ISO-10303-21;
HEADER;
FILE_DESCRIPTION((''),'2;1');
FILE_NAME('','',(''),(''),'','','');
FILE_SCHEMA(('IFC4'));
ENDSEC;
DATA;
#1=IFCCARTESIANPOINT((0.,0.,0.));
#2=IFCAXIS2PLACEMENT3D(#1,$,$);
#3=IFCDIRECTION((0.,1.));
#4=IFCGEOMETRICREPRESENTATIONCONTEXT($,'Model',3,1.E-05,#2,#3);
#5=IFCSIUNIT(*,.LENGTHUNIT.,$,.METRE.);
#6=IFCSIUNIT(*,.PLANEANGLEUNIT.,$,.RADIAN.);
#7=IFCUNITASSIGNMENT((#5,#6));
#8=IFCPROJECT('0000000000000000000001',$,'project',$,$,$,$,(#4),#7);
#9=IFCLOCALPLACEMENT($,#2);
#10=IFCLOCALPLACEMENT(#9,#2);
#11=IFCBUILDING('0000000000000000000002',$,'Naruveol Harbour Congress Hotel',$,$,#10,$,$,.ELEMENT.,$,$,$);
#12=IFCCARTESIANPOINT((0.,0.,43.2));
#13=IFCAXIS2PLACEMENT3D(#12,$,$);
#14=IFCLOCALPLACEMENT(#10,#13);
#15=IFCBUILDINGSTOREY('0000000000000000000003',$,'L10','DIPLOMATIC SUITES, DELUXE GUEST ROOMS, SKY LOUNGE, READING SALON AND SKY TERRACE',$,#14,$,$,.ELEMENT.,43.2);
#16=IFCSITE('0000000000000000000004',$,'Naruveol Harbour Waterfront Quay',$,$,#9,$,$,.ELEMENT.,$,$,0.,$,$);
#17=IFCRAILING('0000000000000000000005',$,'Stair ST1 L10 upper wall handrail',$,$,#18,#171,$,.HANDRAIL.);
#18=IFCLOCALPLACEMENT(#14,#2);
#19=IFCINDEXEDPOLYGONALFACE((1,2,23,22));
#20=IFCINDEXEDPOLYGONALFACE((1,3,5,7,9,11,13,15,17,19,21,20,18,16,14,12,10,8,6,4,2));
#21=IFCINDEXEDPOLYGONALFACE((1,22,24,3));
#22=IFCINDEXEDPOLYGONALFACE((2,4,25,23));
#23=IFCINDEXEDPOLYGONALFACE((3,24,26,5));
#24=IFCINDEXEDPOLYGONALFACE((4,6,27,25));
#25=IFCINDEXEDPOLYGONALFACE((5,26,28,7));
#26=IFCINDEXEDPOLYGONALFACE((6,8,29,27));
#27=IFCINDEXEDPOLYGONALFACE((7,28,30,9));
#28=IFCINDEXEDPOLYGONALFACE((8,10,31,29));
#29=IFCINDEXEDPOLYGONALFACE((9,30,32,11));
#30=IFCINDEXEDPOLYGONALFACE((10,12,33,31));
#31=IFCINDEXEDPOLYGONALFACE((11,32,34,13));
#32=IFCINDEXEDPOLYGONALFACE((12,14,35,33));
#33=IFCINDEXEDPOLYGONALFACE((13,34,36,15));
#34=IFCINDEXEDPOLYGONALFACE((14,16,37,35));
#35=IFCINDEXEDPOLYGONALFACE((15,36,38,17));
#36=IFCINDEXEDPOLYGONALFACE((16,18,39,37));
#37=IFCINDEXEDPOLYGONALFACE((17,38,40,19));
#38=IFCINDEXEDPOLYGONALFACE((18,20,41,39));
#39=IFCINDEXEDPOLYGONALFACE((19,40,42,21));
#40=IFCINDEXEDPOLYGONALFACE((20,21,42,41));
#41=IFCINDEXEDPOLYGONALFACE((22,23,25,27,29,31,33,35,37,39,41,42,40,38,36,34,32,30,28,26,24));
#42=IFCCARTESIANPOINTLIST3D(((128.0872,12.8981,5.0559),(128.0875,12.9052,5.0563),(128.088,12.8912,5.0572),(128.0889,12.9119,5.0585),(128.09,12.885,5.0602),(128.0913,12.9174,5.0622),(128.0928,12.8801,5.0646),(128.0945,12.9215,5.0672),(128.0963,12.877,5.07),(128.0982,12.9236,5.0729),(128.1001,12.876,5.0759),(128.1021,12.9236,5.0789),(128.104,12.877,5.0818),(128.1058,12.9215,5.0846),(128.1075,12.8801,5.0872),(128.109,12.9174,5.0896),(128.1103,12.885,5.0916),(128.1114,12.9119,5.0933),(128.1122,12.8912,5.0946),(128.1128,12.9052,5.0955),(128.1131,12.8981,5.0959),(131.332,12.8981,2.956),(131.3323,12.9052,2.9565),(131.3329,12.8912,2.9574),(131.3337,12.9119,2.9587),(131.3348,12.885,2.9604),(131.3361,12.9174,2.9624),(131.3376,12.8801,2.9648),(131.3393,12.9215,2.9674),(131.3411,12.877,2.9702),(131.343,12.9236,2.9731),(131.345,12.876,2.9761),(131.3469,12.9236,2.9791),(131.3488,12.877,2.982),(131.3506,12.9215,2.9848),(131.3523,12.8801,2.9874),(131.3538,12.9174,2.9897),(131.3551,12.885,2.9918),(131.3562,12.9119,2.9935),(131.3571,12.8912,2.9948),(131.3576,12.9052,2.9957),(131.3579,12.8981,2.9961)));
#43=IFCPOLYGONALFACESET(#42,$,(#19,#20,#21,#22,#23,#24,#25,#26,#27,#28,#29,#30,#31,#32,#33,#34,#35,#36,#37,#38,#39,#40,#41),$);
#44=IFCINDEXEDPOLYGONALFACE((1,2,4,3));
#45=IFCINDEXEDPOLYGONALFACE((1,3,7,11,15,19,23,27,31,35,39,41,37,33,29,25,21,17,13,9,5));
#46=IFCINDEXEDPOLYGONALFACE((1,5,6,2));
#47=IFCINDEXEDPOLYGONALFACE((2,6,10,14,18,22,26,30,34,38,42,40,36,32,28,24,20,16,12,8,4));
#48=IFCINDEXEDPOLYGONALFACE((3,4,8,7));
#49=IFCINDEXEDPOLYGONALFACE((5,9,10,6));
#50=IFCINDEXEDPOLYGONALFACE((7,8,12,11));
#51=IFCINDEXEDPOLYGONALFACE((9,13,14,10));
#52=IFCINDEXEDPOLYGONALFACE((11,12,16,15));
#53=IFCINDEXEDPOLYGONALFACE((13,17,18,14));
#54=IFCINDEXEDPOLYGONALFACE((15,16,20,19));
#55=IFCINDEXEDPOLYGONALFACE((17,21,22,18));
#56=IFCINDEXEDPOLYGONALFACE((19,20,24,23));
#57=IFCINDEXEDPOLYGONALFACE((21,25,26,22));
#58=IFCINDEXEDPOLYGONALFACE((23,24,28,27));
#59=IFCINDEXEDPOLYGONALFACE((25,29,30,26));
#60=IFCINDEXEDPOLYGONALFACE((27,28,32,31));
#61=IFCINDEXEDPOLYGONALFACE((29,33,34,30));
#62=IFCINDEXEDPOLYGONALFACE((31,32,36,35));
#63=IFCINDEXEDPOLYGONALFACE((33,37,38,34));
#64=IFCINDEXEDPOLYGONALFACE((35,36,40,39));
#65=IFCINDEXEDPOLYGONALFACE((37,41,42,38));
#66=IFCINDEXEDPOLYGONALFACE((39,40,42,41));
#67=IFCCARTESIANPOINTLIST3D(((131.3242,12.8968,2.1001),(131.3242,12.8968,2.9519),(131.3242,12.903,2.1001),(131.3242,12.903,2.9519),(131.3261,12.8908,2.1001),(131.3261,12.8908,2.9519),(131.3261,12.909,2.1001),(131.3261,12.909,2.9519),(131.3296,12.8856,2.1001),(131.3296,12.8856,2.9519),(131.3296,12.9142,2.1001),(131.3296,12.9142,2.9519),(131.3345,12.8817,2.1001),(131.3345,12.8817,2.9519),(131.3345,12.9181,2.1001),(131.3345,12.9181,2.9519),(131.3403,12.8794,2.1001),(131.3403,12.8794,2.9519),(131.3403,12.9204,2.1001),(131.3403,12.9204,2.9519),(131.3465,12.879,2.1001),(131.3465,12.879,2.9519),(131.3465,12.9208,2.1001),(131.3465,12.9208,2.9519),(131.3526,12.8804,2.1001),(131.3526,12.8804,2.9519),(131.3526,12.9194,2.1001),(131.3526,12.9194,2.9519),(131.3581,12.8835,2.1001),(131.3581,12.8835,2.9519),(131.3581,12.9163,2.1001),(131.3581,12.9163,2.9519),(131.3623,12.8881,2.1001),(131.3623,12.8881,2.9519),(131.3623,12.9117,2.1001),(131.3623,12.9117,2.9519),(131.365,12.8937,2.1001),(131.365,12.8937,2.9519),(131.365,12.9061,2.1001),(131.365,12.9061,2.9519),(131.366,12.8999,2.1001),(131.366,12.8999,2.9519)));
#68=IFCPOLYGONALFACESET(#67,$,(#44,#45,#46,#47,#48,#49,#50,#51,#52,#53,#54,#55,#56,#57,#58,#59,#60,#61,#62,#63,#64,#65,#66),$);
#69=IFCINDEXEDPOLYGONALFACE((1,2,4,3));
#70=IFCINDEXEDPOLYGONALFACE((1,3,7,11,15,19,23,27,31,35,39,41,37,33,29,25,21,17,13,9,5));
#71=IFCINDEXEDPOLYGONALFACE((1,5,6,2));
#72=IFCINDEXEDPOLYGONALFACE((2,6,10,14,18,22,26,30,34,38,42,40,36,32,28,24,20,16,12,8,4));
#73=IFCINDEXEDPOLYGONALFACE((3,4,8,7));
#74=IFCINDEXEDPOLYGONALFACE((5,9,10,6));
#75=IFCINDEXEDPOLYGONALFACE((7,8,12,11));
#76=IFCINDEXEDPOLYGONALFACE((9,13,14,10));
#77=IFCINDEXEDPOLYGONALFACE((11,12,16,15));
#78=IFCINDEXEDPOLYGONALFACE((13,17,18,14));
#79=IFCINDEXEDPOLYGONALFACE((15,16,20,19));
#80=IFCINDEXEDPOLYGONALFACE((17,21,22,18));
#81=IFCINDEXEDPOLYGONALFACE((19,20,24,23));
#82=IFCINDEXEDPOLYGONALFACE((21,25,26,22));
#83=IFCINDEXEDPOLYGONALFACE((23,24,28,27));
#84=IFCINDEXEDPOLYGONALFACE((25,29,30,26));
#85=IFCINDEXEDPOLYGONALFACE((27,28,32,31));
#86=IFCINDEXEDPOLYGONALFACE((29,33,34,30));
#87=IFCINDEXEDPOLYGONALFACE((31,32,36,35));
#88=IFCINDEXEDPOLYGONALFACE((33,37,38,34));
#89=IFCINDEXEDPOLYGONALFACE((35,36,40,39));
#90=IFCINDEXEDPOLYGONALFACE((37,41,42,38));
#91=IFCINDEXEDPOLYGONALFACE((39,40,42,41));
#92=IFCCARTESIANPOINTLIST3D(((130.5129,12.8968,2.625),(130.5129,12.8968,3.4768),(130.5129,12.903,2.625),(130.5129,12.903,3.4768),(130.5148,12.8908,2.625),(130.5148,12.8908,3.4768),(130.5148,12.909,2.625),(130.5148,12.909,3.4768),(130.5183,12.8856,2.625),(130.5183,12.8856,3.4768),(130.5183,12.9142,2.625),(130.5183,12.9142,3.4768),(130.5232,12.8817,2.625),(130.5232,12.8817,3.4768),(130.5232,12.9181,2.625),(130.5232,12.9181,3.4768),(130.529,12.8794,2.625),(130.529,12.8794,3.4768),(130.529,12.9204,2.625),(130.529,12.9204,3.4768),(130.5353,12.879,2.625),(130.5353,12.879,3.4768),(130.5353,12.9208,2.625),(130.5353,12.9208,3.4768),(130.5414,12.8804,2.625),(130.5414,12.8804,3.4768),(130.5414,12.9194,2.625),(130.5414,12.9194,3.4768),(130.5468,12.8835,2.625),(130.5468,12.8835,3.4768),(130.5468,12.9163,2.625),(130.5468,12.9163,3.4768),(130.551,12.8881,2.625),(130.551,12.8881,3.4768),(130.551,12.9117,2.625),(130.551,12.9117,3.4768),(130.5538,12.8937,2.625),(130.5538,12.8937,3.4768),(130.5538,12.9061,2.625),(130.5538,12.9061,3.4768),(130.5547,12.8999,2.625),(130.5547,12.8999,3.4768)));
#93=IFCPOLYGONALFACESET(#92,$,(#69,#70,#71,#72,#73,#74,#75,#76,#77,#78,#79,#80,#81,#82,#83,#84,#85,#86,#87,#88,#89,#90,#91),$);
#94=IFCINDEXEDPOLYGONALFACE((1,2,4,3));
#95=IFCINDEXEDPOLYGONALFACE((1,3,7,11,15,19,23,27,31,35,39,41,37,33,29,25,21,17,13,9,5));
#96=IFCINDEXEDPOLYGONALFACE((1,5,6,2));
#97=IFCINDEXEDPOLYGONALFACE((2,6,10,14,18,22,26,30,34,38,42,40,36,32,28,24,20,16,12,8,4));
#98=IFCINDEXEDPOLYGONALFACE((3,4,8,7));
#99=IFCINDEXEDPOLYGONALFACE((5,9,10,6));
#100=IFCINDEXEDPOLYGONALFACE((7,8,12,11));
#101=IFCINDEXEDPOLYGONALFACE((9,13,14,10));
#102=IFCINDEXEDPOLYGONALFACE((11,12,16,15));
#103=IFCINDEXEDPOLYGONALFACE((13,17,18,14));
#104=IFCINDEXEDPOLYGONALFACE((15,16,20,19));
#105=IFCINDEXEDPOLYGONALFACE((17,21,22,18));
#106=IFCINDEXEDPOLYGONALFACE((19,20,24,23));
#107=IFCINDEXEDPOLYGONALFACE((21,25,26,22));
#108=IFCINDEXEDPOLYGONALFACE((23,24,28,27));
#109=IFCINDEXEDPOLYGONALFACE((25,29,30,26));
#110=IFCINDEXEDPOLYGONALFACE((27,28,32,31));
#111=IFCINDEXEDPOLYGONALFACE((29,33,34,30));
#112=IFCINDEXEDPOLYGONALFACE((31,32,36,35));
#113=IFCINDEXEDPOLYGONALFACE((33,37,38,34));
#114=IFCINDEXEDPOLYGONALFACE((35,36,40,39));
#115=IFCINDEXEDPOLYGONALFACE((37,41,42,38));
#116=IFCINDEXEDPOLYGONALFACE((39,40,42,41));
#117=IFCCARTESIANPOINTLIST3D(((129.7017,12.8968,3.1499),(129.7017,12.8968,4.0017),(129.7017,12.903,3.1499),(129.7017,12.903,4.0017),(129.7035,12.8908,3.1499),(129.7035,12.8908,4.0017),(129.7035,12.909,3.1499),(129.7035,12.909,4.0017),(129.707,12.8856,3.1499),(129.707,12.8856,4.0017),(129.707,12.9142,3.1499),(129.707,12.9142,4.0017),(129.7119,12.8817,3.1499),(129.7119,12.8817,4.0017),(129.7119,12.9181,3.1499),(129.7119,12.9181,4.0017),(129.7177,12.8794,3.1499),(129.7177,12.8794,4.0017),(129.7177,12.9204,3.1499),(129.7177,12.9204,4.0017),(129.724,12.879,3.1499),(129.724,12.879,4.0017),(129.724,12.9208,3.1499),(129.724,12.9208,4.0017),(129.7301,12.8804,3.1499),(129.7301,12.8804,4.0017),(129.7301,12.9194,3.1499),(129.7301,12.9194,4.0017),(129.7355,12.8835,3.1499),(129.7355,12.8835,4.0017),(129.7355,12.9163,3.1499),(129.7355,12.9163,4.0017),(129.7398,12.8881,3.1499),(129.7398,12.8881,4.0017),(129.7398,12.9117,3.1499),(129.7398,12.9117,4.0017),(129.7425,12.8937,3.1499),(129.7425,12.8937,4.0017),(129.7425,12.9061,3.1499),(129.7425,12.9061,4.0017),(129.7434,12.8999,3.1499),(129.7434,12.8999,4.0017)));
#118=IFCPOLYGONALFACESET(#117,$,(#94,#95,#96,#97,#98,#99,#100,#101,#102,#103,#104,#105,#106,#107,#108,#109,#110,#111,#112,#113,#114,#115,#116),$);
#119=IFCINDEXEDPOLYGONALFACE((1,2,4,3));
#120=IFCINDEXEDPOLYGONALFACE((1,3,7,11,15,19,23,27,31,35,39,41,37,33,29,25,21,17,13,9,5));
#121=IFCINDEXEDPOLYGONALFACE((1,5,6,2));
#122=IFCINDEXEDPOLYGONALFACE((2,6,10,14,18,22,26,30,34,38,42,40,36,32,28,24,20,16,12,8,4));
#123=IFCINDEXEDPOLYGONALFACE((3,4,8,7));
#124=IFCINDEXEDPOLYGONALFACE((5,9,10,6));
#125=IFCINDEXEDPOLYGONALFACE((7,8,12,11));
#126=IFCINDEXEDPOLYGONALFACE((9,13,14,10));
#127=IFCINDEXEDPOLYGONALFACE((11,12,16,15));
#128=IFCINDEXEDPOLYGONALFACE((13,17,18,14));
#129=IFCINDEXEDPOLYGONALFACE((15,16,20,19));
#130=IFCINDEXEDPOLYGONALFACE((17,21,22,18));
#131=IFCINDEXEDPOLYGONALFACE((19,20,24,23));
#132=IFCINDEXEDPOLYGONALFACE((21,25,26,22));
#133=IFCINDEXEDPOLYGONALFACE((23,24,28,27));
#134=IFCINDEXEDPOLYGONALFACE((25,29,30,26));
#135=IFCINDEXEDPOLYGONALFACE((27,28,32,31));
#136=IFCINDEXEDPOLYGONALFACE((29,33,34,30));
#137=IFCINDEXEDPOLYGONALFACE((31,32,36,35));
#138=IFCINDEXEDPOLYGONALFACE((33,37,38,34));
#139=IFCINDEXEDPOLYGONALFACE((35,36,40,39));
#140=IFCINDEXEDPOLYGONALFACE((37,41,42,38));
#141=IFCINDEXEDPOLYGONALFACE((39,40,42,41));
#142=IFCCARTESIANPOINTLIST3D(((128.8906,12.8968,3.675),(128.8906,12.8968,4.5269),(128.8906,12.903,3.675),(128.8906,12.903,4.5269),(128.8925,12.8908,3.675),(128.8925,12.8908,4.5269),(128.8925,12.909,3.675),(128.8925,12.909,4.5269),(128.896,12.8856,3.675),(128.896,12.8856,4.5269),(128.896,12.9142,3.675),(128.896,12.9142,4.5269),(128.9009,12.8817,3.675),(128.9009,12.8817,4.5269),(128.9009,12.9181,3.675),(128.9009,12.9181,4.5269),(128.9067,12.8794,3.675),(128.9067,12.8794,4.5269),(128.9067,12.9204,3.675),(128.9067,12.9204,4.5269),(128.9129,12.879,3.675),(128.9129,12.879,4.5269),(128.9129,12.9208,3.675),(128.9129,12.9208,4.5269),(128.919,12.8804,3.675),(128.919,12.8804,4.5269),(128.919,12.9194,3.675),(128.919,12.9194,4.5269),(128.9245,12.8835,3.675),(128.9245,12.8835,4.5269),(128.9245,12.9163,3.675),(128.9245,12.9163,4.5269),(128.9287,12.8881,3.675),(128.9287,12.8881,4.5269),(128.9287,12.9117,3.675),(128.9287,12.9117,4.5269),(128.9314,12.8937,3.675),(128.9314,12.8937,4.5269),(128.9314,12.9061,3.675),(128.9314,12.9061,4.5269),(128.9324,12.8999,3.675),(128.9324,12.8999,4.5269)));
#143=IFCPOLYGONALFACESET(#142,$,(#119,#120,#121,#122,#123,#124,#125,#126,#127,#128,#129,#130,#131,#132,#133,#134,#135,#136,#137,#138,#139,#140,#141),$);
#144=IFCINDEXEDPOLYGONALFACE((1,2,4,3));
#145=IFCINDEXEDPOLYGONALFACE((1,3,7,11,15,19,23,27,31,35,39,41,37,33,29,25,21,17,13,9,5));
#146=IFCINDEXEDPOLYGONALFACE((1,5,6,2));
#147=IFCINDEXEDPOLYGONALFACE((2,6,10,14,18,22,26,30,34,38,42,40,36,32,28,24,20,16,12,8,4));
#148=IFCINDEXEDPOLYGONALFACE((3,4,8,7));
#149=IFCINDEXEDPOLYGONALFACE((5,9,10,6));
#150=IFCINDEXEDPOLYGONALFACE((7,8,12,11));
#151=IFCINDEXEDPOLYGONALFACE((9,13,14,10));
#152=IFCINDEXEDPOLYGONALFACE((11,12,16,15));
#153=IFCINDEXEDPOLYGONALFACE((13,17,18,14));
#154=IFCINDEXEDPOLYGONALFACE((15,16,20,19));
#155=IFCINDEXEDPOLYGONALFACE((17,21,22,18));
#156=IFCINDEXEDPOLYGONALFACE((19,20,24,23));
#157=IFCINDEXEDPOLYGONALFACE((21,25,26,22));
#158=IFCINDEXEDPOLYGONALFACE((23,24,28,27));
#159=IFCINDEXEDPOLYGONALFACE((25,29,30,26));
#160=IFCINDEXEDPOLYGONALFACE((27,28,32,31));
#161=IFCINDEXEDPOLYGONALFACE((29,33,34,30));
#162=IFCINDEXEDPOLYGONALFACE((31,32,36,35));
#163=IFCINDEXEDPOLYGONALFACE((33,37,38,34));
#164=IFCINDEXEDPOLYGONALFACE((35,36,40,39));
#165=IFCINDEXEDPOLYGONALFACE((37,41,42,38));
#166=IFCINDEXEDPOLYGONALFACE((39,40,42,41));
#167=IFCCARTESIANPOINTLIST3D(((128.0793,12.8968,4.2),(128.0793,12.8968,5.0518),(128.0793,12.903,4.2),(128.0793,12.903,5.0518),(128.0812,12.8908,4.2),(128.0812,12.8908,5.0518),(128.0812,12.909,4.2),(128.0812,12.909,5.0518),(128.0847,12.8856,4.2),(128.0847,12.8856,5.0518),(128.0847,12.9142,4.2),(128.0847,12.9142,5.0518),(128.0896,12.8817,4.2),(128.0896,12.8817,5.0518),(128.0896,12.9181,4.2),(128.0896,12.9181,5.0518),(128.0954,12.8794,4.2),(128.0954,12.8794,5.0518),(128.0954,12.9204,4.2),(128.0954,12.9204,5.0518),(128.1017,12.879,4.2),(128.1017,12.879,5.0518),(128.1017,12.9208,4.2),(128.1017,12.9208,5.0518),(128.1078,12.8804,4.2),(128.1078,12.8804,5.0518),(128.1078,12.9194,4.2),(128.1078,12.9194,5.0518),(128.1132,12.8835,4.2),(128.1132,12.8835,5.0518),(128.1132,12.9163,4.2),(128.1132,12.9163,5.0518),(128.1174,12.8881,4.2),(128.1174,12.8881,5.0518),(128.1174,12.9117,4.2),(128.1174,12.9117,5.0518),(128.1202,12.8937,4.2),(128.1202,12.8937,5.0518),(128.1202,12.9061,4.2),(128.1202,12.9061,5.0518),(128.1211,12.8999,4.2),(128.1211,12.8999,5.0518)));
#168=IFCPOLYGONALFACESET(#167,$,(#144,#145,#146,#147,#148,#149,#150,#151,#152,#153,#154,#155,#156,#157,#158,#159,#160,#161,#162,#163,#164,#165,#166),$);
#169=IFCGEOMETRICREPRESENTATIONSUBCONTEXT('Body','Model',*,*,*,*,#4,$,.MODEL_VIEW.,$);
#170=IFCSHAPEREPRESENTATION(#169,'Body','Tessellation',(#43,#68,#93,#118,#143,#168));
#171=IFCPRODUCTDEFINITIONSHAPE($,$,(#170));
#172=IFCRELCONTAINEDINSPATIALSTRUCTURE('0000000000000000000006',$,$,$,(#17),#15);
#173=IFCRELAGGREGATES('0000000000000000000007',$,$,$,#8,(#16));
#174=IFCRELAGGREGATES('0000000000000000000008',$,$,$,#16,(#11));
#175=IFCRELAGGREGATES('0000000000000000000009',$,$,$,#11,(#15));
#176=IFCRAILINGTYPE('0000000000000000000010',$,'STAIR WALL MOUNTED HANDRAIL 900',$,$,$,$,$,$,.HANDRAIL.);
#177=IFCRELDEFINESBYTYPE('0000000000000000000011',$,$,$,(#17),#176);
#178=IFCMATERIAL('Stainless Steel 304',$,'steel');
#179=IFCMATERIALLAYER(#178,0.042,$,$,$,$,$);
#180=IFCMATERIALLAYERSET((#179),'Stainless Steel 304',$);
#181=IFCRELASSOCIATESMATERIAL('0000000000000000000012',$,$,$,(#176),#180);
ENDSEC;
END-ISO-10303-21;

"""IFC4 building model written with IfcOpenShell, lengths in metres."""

from ifc_helpers import new_model, si_unit, direction, frame, origin, origin_2d, place, context, subcontext, project, spatial, circle, extrude, material, layer, layer_set, type_object, element, save


model = new_model("IFC4")

# Units and contexts
model_context = context("Model", 3, precision=1e-05, world=origin(), true_north=direction((0.0, 1.0)))
body_context = subcontext(model_context, "Body", "Model", "MODEL_VIEW")
ifc_project = project(units=[si_unit("LENGTHUNIT", "METRE"), si_unit("PLANEANGLEUNIT", "RADIAN")], contexts=[model_context])

# Site, building, storey
site_placement = place(None, origin())
site = spatial("IfcSite", under=ifc_project, at=site_placement, Name="Naruveol Harbour Waterfront Quay", CompositionType="ELEMENT", RefElevation=0.0)
building_placement = place(site_placement, origin())
building = spatial("IfcBuilding", under=site, at=building_placement, Name="Naruveol Harbour Congress Hotel", CompositionType="ELEMENT")
storey_placement = place(building_placement, frame((0.0, 0.0, 43.2)))
storey = spatial("IfcBuildingStorey", under=building, at=storey_placement, Name="L10", Description="DIPLOMATIC SUITES, DELUXE GUEST ROOMS, SKY LOUNGE, READING SALON AND SKY TERRACE", CompositionType="ELEMENT", Elevation=43.2)

# Railing
ifc_material_1 = material(Name="Stainless Steel 304", Category="steel")
ifc_layer_1 = layer(ifc_material_1, 0.042)
ifc_layer_set_1 = layer_set([ifc_layer_1], Name="Stainless Steel 304")
railing_type = type_object("IfcRailingType", Name="STAIR WALL MOUNTED HANDRAIL 900", PredefinedType="HANDRAIL", material=ifc_layer_set_1)
railing_placement = place(storey_placement, frame((131.345, 12.8999, 2.1001)))
element("IfcRailing", 1, at=railing_placement, inside=storey, type_object=railing_type, Name="Stair ST1 L10 upper wall handrail", PredefinedType="HANDRAIL", context=body_context, shape_type="SweptSolid", body=[
    extrude(circle(Radius=0.0239, at=origin_2d()), frame((0.0, 0.0, 0.876), z_axis=(-0.839543, 0.0, 0.543293), x_axis=(0.0, -1.0, 0.0)), (0.0, 0.0, 1.0), 3.865),
    extrude(circle(Radius=0.021, at=origin_2d()), origin(), (0.0, 0.0, 1.0), 0.8518),
    extrude(circle(Radius=0.021, at=origin_2d()), frame((-0.8113, 0.0, 0.5249)), (0.0, 0.0, 1.0), 0.8518),
    extrude(circle(Radius=0.021, at=origin_2d()), frame((-1.6226, 0.0, 1.0498)), (0.0, 0.0, 1.0), 0.8518),
    extrude(circle(Radius=0.021, at=origin_2d()), frame((-2.4336, 0.0, 1.575)), (0.0, 0.0, 1.0), 0.8518),
    extrude(circle(Radius=0.021, at=origin_2d()), frame((-3.2449, 0.0, 2.0999)), (0.0, 0.0, 1.0), 0.8518),
])

save(model, "model.ifc")
